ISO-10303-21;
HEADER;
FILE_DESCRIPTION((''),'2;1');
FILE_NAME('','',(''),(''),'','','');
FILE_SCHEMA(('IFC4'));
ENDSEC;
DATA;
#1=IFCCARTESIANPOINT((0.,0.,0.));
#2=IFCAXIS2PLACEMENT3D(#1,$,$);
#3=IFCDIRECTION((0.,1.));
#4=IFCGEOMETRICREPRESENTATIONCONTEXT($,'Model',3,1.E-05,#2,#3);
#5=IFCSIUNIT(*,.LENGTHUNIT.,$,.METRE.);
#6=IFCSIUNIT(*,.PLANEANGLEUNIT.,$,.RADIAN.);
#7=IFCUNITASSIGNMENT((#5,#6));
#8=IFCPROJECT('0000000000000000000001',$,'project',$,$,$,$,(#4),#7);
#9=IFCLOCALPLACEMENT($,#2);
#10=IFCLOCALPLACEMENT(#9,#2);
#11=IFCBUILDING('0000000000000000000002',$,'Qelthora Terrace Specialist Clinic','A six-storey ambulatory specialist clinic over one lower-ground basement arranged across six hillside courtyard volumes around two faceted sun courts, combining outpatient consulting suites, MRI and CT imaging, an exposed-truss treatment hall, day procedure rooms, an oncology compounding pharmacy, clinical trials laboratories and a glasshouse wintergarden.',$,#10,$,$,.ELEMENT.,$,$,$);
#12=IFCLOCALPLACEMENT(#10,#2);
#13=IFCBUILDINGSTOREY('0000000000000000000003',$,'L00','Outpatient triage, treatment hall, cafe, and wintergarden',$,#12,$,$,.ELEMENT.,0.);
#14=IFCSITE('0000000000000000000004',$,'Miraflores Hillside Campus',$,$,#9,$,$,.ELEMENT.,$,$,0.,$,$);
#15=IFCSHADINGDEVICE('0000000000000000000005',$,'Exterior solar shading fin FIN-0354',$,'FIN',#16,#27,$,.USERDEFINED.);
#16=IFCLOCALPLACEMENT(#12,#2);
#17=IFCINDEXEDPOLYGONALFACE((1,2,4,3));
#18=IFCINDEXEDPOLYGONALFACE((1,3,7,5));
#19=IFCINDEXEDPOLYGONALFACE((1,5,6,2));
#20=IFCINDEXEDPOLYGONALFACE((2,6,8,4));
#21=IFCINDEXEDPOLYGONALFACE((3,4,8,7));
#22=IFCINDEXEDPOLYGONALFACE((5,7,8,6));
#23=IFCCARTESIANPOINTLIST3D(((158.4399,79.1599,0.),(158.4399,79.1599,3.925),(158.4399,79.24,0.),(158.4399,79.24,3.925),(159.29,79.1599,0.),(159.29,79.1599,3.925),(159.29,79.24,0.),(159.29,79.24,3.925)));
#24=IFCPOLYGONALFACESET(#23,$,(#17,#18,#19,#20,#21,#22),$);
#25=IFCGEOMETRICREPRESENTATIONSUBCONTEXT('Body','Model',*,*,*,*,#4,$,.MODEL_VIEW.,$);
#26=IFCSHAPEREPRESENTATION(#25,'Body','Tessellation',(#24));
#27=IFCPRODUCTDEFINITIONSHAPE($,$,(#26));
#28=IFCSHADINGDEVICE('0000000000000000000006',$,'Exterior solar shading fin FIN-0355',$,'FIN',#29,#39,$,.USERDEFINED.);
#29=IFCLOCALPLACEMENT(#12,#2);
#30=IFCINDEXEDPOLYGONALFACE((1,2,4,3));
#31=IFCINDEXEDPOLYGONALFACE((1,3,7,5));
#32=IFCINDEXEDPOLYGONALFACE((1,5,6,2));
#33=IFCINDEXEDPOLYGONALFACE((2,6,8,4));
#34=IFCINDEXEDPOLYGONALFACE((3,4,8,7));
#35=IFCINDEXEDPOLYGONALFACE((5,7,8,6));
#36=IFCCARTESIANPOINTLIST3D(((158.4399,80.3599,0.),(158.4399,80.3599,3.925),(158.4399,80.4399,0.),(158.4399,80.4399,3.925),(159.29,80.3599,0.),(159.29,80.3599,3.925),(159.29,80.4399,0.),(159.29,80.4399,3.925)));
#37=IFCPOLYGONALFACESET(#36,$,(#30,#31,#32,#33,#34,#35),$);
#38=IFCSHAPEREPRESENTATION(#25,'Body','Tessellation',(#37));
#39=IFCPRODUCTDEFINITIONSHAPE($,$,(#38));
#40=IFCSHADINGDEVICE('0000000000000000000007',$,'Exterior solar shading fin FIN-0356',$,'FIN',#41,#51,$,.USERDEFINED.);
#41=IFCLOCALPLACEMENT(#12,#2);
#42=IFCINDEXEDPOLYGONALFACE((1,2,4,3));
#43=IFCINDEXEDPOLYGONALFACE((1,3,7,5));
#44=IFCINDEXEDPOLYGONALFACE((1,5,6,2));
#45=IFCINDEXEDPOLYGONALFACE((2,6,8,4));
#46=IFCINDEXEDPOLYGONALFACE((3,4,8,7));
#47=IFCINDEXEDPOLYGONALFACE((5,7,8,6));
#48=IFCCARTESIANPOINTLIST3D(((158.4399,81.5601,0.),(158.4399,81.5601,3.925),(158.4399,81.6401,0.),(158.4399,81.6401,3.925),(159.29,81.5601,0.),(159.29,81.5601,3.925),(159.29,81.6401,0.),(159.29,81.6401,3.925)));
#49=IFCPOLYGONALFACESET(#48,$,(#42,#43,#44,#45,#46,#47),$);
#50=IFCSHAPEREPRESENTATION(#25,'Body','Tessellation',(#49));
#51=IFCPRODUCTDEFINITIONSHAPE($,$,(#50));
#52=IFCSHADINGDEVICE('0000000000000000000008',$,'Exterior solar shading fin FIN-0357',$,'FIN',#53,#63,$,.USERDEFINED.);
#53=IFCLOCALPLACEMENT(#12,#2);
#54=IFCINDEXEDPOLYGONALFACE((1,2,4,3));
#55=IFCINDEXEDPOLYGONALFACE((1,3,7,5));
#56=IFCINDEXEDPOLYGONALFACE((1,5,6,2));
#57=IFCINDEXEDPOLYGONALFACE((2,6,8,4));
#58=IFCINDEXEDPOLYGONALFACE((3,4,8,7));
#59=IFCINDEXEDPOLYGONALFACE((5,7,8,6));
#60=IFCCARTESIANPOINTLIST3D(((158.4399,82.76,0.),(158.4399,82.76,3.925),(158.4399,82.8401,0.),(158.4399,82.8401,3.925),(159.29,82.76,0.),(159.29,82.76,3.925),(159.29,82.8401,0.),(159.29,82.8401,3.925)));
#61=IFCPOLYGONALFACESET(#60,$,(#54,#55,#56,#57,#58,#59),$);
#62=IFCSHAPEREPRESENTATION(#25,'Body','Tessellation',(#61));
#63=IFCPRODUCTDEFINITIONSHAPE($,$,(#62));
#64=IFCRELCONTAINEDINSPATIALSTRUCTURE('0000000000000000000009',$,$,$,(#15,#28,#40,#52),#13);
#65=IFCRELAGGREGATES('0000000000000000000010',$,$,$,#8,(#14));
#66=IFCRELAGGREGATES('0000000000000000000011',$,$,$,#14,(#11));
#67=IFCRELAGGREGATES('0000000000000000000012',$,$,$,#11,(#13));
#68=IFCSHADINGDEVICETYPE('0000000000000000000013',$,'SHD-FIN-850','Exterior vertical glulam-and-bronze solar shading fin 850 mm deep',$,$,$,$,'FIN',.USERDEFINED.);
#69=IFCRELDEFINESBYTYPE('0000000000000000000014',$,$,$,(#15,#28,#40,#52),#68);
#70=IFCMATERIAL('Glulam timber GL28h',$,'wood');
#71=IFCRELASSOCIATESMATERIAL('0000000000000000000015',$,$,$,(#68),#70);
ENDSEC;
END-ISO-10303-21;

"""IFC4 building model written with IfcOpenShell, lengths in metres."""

from ifc_helpers import new_model, si_unit, direction, frame, origin, origin_2d, place, context, subcontext, project, spatial, rectangle, extrude, material, type_object, element, save


model = new_model("IFC4")

# Units and contexts
model_context = context("Model", 3, precision=1e-05, world=origin(), true_north=direction((0.0, 1.0)))
body_context = subcontext(model_context, "Body", "Model", "MODEL_VIEW")
ifc_project = project(units=[si_unit("LENGTHUNIT", "METRE"), si_unit("PLANEANGLEUNIT", "RADIAN")], contexts=[model_context])

# Site, building, storey
site_placement = place(None, origin())
site = spatial("IfcSite", under=ifc_project, at=site_placement, Name="Miraflores Hillside Campus", CompositionType="ELEMENT", RefElevation=0.0)
building_placement = place(site_placement, origin())
building = spatial("IfcBuilding", under=site, at=building_placement, Name="Qelthora Terrace Specialist Clinic", Description="A six-storey ambulatory specialist clinic over one lower-ground basement arranged across six hillside courtyard volumes around two faceted sun courts, combining outpatient consulting suites, MRI and CT imaging, an exposed-truss treatment hall, day procedure rooms, an oncology compounding pharmacy, clinical trials laboratories and a glasshouse wintergarden.", CompositionType="ELEMENT")
storey_placement = place(building_placement, origin())
storey = spatial("IfcBuildingStorey", under=building, at=storey_placement, Name="L00", Description="Outpatient triage, treatment hall, cafe, and wintergarden", CompositionType="ELEMENT", Elevation=0.0)

# Shading devices
ifc_material_1 = material(Name="Glulam timber GL28h", Category="wood")
shading_device_type = type_object("IfcShadingDeviceType", Name="SHD-FIN-850", Description="Exterior vertical glulam-and-bronze solar shading fin 850 mm deep", ElementType="FIN", PredefinedType="USERDEFINED", material=ifc_material_1)
for number, where, z_axis, x_axis, name in (
    (1, (158.865, 79.2, 0.0), (0.0, 0.0, 1.0), (1.0, 0.0, 0.0), "Exterior solar shading fin FIN-0354"),
    (2, (158.865, 80.3999, 0.0), (0.0, 0.0, 1.0), (1.0, 0.0, 0.0), "Exterior solar shading fin FIN-0355"),
    (3, (158.865, 81.6001, 0.0), (0.0, 0.0, 1.0), (1.0, 0.0, 0.0), "Exterior solar shading fin FIN-0356"),
    (4, (158.865, 82.8, 0.0), (0.0, 0.0, 1.0), (1.0, 0.0, 0.0), "Exterior solar shading fin FIN-0357"),
):
    element("IfcShadingDevice", number, at=place(storey_placement, frame(where, z_axis=z_axis, x_axis=x_axis)), inside=storey, type_object=shading_device_type, Name=name, ObjectType="FIN", PredefinedType="USERDEFINED", context=body_context, shape_type="SweptSolid", body=[
        extrude(rectangle(XDim=0.8501, YDim=0.0801, at=origin_2d()), origin(), (0.0, 0.0, 1.0), 3.925),
    ])

save(model, "model.ifc")
